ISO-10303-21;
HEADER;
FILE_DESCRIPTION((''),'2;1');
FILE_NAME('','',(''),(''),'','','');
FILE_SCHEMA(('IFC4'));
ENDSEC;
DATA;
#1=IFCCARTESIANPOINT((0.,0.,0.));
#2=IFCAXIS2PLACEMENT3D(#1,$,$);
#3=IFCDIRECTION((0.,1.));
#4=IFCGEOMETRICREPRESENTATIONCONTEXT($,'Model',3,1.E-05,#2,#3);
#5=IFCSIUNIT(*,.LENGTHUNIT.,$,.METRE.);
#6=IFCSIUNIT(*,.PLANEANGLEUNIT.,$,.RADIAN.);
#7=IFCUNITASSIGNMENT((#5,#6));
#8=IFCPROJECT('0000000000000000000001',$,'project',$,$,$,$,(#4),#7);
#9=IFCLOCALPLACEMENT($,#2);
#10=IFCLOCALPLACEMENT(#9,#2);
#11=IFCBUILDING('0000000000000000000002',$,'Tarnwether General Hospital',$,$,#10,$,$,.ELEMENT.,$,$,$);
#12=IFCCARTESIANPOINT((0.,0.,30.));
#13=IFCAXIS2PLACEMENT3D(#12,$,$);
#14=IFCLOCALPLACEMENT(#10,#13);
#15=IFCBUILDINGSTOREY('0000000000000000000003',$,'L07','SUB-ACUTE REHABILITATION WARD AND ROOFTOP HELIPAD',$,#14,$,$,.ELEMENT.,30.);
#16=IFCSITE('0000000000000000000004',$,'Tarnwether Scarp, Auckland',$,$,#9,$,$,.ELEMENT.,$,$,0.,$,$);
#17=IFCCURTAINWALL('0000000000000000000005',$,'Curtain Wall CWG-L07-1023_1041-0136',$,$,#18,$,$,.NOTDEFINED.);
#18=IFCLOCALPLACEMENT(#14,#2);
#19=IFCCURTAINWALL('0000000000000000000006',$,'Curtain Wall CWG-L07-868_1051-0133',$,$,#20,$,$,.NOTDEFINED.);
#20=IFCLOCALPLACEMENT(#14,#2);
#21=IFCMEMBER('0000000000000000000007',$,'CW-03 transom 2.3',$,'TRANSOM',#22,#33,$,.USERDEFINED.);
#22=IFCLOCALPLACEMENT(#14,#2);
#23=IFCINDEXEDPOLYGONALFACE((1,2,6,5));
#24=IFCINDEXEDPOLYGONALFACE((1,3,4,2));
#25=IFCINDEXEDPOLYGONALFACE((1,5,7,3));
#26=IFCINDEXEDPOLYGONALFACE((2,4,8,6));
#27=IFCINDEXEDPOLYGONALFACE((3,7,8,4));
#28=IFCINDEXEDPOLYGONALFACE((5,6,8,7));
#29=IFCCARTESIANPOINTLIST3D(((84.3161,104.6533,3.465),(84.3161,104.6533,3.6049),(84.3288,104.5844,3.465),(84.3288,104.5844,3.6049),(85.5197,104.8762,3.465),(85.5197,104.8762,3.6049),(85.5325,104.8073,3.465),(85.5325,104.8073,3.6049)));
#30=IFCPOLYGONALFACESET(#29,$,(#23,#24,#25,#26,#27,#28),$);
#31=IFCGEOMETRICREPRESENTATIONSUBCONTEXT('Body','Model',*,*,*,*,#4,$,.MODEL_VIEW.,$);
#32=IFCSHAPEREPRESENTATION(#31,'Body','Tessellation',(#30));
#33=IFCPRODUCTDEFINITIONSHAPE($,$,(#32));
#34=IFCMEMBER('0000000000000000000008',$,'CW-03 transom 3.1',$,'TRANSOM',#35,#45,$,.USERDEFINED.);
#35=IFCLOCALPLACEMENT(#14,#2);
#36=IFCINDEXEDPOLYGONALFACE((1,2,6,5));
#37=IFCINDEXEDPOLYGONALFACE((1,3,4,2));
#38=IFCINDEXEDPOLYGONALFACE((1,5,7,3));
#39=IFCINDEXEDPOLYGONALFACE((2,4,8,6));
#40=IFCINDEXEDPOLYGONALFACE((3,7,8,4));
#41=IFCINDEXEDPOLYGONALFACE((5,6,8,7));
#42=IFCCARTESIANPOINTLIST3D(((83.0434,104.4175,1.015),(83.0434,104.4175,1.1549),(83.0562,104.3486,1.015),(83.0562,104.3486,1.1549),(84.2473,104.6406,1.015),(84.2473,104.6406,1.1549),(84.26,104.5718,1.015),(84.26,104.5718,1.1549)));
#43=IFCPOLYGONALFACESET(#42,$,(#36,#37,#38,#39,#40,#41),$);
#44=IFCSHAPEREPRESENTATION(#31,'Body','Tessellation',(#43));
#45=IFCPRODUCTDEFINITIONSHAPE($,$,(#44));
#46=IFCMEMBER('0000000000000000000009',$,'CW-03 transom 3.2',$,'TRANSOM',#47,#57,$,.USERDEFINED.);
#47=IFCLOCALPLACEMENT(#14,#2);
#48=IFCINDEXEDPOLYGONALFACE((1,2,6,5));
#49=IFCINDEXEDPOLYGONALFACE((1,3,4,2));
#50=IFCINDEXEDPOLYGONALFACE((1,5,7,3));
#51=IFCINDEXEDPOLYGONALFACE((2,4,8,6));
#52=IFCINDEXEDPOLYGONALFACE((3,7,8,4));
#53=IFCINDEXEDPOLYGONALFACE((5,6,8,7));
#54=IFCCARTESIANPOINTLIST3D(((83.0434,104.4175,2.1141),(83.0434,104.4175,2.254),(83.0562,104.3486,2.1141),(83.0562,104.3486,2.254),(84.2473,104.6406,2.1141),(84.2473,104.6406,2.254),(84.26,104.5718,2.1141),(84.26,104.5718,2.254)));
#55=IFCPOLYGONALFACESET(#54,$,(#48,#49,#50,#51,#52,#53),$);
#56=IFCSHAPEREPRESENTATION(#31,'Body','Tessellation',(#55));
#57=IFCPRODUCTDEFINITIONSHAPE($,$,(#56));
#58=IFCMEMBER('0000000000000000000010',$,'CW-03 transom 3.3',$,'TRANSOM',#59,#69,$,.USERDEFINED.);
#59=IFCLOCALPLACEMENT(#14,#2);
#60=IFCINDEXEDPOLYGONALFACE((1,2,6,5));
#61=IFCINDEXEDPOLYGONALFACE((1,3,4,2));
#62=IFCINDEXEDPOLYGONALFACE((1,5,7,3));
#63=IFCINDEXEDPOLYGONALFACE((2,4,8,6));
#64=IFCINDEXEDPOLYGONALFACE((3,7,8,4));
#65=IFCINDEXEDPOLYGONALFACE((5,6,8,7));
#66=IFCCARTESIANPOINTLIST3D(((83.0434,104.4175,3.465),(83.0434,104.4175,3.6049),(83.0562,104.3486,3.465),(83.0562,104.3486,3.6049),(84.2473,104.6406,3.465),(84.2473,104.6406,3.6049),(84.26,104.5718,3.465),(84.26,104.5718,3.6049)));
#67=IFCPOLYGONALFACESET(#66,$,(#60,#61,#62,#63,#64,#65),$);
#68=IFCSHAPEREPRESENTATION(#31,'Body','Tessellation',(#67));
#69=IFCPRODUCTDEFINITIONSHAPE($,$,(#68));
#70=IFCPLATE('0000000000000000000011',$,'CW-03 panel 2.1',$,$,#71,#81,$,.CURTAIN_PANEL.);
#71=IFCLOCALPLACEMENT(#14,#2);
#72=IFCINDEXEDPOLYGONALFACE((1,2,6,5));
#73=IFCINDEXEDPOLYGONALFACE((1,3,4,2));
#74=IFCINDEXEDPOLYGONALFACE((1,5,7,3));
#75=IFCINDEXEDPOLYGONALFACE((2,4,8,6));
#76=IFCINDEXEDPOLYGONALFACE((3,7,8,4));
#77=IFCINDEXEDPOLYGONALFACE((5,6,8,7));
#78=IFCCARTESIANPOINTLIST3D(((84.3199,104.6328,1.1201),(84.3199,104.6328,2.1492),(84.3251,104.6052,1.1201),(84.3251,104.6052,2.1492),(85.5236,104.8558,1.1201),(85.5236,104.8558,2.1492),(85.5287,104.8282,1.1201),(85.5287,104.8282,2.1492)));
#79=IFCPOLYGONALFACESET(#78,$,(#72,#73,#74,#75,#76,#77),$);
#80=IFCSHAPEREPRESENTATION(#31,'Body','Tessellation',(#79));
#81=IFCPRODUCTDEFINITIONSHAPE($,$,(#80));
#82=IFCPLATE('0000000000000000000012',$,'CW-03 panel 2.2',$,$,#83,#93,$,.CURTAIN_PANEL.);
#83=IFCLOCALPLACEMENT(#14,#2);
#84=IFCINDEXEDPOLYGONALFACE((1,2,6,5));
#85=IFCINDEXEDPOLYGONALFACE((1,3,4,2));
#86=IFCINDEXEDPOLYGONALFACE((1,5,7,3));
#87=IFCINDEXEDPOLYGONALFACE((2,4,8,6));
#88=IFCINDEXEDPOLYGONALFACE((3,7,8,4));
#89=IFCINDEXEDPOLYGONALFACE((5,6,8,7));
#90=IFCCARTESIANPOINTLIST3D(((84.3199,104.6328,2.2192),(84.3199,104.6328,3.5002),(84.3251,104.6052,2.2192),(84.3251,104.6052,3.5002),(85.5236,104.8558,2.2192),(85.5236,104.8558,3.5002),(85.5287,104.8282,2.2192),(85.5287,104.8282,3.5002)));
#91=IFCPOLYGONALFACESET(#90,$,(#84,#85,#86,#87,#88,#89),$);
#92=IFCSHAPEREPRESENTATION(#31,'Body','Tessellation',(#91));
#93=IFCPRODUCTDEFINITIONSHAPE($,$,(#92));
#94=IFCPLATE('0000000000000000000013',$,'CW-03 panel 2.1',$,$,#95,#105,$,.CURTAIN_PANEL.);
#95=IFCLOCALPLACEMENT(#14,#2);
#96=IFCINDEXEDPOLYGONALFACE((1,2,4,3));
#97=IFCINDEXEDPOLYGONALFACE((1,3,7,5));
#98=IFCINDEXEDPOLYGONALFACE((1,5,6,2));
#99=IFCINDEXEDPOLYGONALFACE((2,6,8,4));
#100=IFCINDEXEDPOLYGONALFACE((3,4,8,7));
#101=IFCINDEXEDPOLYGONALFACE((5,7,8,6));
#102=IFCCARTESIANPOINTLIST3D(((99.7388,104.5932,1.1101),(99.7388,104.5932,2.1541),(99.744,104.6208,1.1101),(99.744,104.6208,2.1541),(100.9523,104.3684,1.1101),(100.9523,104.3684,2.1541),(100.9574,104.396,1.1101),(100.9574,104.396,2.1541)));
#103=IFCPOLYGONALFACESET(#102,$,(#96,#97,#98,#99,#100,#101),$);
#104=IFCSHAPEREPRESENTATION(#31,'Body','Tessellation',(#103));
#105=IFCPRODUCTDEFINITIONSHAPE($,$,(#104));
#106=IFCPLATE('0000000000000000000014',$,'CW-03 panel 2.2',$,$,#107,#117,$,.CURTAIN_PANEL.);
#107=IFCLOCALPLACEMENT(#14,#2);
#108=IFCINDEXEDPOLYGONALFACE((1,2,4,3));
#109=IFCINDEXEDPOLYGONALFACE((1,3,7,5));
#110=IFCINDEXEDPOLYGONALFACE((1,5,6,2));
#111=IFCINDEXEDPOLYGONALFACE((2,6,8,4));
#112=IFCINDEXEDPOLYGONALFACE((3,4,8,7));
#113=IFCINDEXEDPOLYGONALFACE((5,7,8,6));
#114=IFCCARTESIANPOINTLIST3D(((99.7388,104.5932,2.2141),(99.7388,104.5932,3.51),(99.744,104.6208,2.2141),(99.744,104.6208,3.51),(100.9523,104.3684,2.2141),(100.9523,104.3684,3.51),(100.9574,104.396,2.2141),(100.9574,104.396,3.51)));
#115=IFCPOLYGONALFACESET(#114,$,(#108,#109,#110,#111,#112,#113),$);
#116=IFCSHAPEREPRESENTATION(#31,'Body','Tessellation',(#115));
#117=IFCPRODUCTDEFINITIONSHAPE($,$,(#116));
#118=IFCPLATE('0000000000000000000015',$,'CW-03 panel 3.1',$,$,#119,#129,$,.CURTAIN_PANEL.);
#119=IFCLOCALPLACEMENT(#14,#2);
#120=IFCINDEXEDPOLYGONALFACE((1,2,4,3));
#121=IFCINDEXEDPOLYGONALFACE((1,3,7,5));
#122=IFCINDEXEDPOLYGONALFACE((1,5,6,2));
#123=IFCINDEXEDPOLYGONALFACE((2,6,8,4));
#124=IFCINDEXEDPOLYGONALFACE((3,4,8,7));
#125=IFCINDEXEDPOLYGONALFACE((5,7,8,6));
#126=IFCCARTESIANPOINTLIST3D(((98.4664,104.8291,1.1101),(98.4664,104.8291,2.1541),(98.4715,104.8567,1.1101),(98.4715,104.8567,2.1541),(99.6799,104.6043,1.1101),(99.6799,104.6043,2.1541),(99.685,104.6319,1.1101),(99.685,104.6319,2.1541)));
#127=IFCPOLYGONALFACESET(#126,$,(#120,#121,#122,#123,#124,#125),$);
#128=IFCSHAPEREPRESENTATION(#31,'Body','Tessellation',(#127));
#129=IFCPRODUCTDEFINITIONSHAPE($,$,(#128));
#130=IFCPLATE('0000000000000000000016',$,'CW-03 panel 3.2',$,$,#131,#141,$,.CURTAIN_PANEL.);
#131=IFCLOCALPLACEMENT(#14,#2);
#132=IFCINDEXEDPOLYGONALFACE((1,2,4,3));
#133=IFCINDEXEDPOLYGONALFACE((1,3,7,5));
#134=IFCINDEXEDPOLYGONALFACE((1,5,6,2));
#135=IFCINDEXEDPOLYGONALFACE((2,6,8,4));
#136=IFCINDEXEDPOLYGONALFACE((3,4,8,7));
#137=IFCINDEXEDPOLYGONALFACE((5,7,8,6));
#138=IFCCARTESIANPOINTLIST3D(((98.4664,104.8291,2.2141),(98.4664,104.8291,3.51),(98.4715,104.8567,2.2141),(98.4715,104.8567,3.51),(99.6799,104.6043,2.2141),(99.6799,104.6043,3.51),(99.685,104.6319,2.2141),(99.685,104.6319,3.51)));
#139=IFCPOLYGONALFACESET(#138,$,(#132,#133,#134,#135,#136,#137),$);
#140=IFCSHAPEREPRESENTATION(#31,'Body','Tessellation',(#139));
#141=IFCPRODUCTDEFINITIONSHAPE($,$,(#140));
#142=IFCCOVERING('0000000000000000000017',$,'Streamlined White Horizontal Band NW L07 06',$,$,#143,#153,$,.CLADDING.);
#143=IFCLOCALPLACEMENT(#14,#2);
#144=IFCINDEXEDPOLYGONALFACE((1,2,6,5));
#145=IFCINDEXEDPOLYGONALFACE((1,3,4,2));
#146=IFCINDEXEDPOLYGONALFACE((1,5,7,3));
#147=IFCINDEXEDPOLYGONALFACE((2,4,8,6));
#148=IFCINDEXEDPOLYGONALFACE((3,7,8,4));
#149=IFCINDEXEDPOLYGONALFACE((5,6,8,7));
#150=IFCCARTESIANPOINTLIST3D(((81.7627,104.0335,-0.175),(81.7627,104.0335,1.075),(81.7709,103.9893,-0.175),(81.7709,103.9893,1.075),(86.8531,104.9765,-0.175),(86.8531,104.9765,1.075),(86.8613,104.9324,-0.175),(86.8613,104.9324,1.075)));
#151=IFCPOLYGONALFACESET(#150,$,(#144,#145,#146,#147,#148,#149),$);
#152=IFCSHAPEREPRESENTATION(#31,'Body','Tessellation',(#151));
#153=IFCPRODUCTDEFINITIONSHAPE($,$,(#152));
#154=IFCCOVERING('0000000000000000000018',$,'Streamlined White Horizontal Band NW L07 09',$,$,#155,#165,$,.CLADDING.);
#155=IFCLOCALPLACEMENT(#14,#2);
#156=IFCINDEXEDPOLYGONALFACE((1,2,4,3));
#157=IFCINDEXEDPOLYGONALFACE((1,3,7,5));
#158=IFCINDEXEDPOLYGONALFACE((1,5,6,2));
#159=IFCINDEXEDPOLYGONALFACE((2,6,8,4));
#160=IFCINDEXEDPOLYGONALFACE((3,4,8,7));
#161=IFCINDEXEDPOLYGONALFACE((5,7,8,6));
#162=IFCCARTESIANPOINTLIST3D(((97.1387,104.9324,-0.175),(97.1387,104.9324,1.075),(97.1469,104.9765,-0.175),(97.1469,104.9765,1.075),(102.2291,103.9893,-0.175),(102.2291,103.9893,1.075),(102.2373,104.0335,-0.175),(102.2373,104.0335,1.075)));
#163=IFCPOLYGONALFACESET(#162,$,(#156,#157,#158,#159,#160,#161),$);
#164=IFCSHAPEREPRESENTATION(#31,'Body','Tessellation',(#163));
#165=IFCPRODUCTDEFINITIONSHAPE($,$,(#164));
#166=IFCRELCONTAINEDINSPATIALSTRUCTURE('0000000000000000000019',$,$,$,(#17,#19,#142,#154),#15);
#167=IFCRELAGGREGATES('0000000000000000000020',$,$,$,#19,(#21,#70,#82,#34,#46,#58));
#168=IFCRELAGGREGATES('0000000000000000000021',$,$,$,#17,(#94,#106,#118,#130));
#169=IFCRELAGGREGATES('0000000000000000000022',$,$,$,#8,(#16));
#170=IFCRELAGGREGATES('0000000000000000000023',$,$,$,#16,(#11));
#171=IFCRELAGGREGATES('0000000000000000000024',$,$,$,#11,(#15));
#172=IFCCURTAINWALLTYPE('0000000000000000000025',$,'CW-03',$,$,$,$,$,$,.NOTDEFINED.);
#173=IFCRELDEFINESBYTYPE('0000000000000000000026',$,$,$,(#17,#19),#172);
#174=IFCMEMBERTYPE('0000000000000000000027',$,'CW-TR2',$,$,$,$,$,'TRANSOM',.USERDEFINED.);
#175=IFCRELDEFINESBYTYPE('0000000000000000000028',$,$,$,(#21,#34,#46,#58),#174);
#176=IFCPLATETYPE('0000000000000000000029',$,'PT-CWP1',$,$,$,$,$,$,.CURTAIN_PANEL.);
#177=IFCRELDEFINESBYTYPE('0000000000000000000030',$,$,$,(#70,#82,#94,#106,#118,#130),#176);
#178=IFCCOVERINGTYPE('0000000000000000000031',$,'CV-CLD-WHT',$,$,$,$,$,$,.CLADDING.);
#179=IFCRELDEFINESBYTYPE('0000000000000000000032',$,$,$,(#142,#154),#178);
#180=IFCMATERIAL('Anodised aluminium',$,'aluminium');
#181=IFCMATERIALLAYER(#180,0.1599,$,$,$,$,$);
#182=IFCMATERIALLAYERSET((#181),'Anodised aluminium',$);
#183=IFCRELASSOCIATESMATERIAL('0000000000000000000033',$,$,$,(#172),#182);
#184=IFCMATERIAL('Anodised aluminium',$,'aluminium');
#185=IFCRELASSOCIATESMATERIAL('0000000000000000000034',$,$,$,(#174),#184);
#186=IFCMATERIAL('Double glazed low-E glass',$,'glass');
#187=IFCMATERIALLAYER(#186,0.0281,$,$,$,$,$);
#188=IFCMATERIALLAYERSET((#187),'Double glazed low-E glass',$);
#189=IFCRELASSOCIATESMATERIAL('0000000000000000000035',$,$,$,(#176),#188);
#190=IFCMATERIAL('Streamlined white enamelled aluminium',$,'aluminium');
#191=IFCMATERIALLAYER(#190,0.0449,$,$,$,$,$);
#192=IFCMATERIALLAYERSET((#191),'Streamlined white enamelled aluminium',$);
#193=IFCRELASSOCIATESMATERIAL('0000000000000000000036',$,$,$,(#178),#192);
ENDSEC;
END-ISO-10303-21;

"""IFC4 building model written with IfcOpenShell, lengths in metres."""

from ifc_helpers import new_model, si_unit, direction, frame, origin, origin_2d, place, context, subcontext, project, spatial, rectangle, extrude, material, layer, layer_set, material_profile, profile_set, type_object, element, aggregate, save


model = new_model("IFC4")

# Units and contexts
model_context = context("Model", 3, precision=1e-05, world=origin(), true_north=direction((0.0, 1.0)))
body_context = subcontext(model_context, "Body", "Model", "MODEL_VIEW")
ifc_project = project(units=[si_unit("LENGTHUNIT", "METRE"), si_unit("PLANEANGLEUNIT", "RADIAN")], contexts=[model_context])

# Site, building, storey
site_placement = place(None, origin())
site = spatial("IfcSite", under=ifc_project, at=site_placement, Name="Tarnwether Scarp, Auckland", CompositionType="ELEMENT", RefElevation=0.0)
building_placement = place(site_placement, origin())
building = spatial("IfcBuilding", under=site, at=building_placement, Name="Tarnwether General Hospital", CompositionType="ELEMENT")
storey_placement = place(building_placement, frame((0.0, 0.0, 30.0)))
storey = spatial("IfcBuildingStorey", under=building, at=storey_placement, Name="L07", Description="SUB-ACUTE REHABILITATION WARD AND ROOFTOP HELIPAD", CompositionType="ELEMENT", Elevation=30.0)

# Curtain walls
ifc_material_1 = material(Name="Anodised aluminium", Category="aluminium")
ifc_layer_1 = layer(ifc_material_1, 0.1599)
ifc_layer_set_1 = layer_set([ifc_layer_1], Name="Anodised aluminium")
curtain_wall_type = type_object("IfcCurtainWallType", Name="CW-03", PredefinedType="NOTDEFINED", material=ifc_layer_set_1)
curtain_wall_1_placement = place(storey_placement, origin())
curtain_wall_1 = element("IfcCurtainWall", 1, at=curtain_wall_1_placement, inside=storey, type_object=curtain_wall_type, Name="Curtain Wall CWG-L07-1023_1041-0136", PredefinedType="NOTDEFINED")
curtain_wall_2_placement = place(storey_placement, origin())
curtain_wall_2 = element("IfcCurtainWall", 2, at=curtain_wall_2_placement, inside=storey, type_object=curtain_wall_type, Name="Curtain Wall CWG-L07-868_1051-0133", PredefinedType="NOTDEFINED")

# Members
ifc_material_2 = material(Name="Anodised aluminium", Category="aluminium")
ifc_material_profile_1 = material_profile(ifc_material_2, rectangle(XDim=0.0701, YDim=0.1399, at=origin_2d()), Name="ALU-TRN-70x140")
ifc_profile_set_1 = profile_set([ifc_material_profile_1], Name="Anodised aluminium")
member_type_1 = type_object("IfcMemberType", Name="CW-TR2", ElementType="TRANSOM", PredefinedType="USERDEFINED", material=ifc_profile_set_1)
member_1_placement = place(storey_placement, frame((85.5261, 104.8418, 3.5349), z_axis=(-0.983281, -0.182096, 0.0), x_axis=(0.182096, -0.983281, 0.0)))
member_1 = element("IfcMember", 3, at=member_1_placement, type_object=member_type_1, Name="CW-03 transom 2.3", ObjectType="TRANSOM", PredefinedType="USERDEFINED", context=body_context, shape_type="SweptSolid", body=[
    extrude(rectangle(XDim=0.0701, YDim=0.1399, at=origin_2d()), origin(), (0.0, 0.0, 1.0), 1.2241),
])
member_2_placement = place(storey_placement, frame((84.2537, 104.6062, 1.085), z_axis=(-0.983252, -0.182253, 0.0), x_axis=(0.182253, -0.983252, 0.0)))
member_2 = element("IfcMember", 4, at=member_2_placement, type_object=member_type_1, Name="CW-03 transom 3.1", ObjectType="TRANSOM", PredefinedType="USERDEFINED", context=body_context, shape_type="SweptSolid", body=[
    extrude(rectangle(XDim=0.0701, YDim=0.1399, at=origin_2d()), origin(), (0.0, 0.0, 1.0), 1.2244),
])
member_3_placement = place(storey_placement, frame((84.2537, 104.6062, 2.1841), z_axis=(-0.983252, -0.182253, 0.0), x_axis=(0.182253, -0.983252, 0.0)))
member_3 = element("IfcMember", 5, at=member_3_placement, type_object=member_type_1, Name="CW-03 transom 3.2", ObjectType="TRANSOM", PredefinedType="USERDEFINED", context=body_context, shape_type="SweptSolid", body=[
    extrude(rectangle(XDim=0.0701, YDim=0.1399, at=origin_2d()), origin(), (0.0, 0.0, 1.0), 1.2244),
])
member_4_placement = place(storey_placement, frame((84.2537, 104.6062, 3.5349), z_axis=(-0.983252, -0.182253, 0.0), x_axis=(0.182253, -0.983252, 0.0)))
member_4 = element("IfcMember", 6, at=member_4_placement, type_object=member_type_1, Name="CW-03 transom 3.3", ObjectType="TRANSOM", PredefinedType="USERDEFINED", context=body_context, shape_type="SweptSolid", body=[
    extrude(rectangle(XDim=0.0701, YDim=0.1399, at=origin_2d()), origin(), (0.0, 0.0, 1.0), 1.2244),
])

# Plates
ifc_material_3 = material(Name="Double glazed low-E glass", Category="glass")
ifc_layer_2 = layer(ifc_material_3, 0.0281)
ifc_layer_set_2 = layer_set([ifc_layer_2], Name="Double glazed low-E glass")
plate_type = type_object("IfcPlateType", Name="PT-CWP1", PredefinedType="CURTAIN_PANEL", material=ifc_layer_set_2)
plate_1_placement = place(storey_placement, frame((84.9243, 104.7305, 1.1201), z_axis=(0.0, 0.0, 1.0), x_axis=(-0.983268, -0.182165, 0.0)))
plate_1 = element("IfcPlate", 7, at=plate_1_placement, type_object=plate_type, Name="CW-03 panel 2.1", PredefinedType="CURTAIN_PANEL", context=body_context, shape_type="SweptSolid", body=[
    extrude(rectangle(XDim=1.2241, YDim=0.0281, at=origin_2d()), origin(), (0.0, 0.0, 1.0), 1.0291),
])
plate_2_placement = place(storey_placement, frame((84.9243, 104.7305, 2.2192), z_axis=(0.0, 0.0, 1.0), x_axis=(-0.983268, -0.182165, 0.0)))
plate_2 = element("IfcPlate", 8, at=plate_2_placement, type_object=plate_type, Name="CW-03 panel 2.2", PredefinedType="CURTAIN_PANEL", context=body_context, shape_type="SweptSolid", body=[
    extrude(rectangle(XDim=1.2241, YDim=0.0281, at=origin_2d()), origin(), (0.0, 0.0, 1.0), 1.281),
])
aggregate(curtain_wall_2, [member_1, plate_1, plate_2, member_2, member_3, member_4])
plate_3_placement = place(storey_placement, frame((100.3481, 104.4946, 1.1101), z_axis=(0.0, 0.0, 1.0), x_axis=(-0.983268, 0.182165, 0.0)))
plate_3 = element("IfcPlate", 9, at=plate_3_placement, type_object=plate_type, Name="CW-03 panel 2.1", PredefinedType="CURTAIN_PANEL", context=body_context, shape_type="SweptSolid", body=[
    extrude(rectangle(XDim=1.2341, YDim=0.0281, at=origin_2d()), origin(), (0.0, 0.0, 1.0), 1.0439),
])
plate_4_placement = place(storey_placement, frame((100.3481, 104.4946, 2.2141), z_axis=(0.0, 0.0, 1.0), x_axis=(-0.983268, 0.182165, 0.0)))
plate_4 = element("IfcPlate", 10, at=plate_4_placement, type_object=plate_type, Name="CW-03 panel 2.2", PredefinedType="CURTAIN_PANEL", context=body_context, shape_type="SweptSolid", body=[
    extrude(rectangle(XDim=1.2341, YDim=0.0281, at=origin_2d()), origin(), (0.0, 0.0, 1.0), 1.2959),
])
plate_5_placement = place(storey_placement, frame((99.0757, 104.7305, 1.1101), z_axis=(0.0, 0.0, 1.0), x_axis=(-0.983268, 0.182165, 0.0)))
plate_5 = element("IfcPlate", 11, at=plate_5_placement, type_object=plate_type, Name="CW-03 panel 3.1", PredefinedType="CURTAIN_PANEL", context=body_context, shape_type="SweptSolid", body=[
    extrude(rectangle(XDim=1.2341, YDim=0.0281, at=origin_2d()), origin(), (0.0, 0.0, 1.0), 1.0439),
])
plate_6_placement = place(storey_placement, frame((99.0757, 104.7305, 2.2141), z_axis=(0.0, 0.0, 1.0), x_axis=(-0.983268, 0.182165, 0.0)))
plate_6 = element("IfcPlate", 12, at=plate_6_placement, type_object=plate_type, Name="CW-03 panel 3.2", PredefinedType="CURTAIN_PANEL", context=body_context, shape_type="SweptSolid", body=[
    extrude(rectangle(XDim=1.2341, YDim=0.0281, at=origin_2d()), origin(), (0.0, 0.0, 1.0), 1.2959),
])
aggregate(curtain_wall_1, [plate_3, plate_4, plate_5, plate_6])

# Coverings
ifc_material_4 = material(Name="Streamlined white enamelled aluminium", Category="aluminium")
ifc_layer_3 = layer(ifc_material_4, 0.0449)
ifc_layer_set_3 = layer_set([ifc_layer_3], Name="Streamlined white enamelled aluminium")
covering_type = type_object("IfcCoveringType", Name="CV-CLD-WHT", PredefinedType="CLADDING", material=ifc_layer_set_3)
for number, where, z_axis, x_axis, name in (
    (13, (84.312, 104.4829, -0.175), (0.0, 0.0, 1.0), (-0.983268, -0.182167, 0.0), "Streamlined White Horizontal Band NW L07 06"),
    (14, (99.688, 104.4829, -0.175), (0.0, 0.0, 1.0), (-0.983268, 0.182167, 0.0), "Streamlined White Horizontal Band NW L07 09"),
):
    element("IfcCovering", number, at=place(storey_placement, frame(where, z_axis=z_axis, x_axis=x_axis)), inside=storey, type_object=covering_type, Name=name, PredefinedType="CLADDING", context=body_context, shape_type="SweptSolid", body=[
        extrude(rectangle(XDim=5.177, YDim=0.0449, at=origin_2d()), origin(), (0.0, 0.0, 1.0), 1.25),
    ])

save(model, "model.ifc")
